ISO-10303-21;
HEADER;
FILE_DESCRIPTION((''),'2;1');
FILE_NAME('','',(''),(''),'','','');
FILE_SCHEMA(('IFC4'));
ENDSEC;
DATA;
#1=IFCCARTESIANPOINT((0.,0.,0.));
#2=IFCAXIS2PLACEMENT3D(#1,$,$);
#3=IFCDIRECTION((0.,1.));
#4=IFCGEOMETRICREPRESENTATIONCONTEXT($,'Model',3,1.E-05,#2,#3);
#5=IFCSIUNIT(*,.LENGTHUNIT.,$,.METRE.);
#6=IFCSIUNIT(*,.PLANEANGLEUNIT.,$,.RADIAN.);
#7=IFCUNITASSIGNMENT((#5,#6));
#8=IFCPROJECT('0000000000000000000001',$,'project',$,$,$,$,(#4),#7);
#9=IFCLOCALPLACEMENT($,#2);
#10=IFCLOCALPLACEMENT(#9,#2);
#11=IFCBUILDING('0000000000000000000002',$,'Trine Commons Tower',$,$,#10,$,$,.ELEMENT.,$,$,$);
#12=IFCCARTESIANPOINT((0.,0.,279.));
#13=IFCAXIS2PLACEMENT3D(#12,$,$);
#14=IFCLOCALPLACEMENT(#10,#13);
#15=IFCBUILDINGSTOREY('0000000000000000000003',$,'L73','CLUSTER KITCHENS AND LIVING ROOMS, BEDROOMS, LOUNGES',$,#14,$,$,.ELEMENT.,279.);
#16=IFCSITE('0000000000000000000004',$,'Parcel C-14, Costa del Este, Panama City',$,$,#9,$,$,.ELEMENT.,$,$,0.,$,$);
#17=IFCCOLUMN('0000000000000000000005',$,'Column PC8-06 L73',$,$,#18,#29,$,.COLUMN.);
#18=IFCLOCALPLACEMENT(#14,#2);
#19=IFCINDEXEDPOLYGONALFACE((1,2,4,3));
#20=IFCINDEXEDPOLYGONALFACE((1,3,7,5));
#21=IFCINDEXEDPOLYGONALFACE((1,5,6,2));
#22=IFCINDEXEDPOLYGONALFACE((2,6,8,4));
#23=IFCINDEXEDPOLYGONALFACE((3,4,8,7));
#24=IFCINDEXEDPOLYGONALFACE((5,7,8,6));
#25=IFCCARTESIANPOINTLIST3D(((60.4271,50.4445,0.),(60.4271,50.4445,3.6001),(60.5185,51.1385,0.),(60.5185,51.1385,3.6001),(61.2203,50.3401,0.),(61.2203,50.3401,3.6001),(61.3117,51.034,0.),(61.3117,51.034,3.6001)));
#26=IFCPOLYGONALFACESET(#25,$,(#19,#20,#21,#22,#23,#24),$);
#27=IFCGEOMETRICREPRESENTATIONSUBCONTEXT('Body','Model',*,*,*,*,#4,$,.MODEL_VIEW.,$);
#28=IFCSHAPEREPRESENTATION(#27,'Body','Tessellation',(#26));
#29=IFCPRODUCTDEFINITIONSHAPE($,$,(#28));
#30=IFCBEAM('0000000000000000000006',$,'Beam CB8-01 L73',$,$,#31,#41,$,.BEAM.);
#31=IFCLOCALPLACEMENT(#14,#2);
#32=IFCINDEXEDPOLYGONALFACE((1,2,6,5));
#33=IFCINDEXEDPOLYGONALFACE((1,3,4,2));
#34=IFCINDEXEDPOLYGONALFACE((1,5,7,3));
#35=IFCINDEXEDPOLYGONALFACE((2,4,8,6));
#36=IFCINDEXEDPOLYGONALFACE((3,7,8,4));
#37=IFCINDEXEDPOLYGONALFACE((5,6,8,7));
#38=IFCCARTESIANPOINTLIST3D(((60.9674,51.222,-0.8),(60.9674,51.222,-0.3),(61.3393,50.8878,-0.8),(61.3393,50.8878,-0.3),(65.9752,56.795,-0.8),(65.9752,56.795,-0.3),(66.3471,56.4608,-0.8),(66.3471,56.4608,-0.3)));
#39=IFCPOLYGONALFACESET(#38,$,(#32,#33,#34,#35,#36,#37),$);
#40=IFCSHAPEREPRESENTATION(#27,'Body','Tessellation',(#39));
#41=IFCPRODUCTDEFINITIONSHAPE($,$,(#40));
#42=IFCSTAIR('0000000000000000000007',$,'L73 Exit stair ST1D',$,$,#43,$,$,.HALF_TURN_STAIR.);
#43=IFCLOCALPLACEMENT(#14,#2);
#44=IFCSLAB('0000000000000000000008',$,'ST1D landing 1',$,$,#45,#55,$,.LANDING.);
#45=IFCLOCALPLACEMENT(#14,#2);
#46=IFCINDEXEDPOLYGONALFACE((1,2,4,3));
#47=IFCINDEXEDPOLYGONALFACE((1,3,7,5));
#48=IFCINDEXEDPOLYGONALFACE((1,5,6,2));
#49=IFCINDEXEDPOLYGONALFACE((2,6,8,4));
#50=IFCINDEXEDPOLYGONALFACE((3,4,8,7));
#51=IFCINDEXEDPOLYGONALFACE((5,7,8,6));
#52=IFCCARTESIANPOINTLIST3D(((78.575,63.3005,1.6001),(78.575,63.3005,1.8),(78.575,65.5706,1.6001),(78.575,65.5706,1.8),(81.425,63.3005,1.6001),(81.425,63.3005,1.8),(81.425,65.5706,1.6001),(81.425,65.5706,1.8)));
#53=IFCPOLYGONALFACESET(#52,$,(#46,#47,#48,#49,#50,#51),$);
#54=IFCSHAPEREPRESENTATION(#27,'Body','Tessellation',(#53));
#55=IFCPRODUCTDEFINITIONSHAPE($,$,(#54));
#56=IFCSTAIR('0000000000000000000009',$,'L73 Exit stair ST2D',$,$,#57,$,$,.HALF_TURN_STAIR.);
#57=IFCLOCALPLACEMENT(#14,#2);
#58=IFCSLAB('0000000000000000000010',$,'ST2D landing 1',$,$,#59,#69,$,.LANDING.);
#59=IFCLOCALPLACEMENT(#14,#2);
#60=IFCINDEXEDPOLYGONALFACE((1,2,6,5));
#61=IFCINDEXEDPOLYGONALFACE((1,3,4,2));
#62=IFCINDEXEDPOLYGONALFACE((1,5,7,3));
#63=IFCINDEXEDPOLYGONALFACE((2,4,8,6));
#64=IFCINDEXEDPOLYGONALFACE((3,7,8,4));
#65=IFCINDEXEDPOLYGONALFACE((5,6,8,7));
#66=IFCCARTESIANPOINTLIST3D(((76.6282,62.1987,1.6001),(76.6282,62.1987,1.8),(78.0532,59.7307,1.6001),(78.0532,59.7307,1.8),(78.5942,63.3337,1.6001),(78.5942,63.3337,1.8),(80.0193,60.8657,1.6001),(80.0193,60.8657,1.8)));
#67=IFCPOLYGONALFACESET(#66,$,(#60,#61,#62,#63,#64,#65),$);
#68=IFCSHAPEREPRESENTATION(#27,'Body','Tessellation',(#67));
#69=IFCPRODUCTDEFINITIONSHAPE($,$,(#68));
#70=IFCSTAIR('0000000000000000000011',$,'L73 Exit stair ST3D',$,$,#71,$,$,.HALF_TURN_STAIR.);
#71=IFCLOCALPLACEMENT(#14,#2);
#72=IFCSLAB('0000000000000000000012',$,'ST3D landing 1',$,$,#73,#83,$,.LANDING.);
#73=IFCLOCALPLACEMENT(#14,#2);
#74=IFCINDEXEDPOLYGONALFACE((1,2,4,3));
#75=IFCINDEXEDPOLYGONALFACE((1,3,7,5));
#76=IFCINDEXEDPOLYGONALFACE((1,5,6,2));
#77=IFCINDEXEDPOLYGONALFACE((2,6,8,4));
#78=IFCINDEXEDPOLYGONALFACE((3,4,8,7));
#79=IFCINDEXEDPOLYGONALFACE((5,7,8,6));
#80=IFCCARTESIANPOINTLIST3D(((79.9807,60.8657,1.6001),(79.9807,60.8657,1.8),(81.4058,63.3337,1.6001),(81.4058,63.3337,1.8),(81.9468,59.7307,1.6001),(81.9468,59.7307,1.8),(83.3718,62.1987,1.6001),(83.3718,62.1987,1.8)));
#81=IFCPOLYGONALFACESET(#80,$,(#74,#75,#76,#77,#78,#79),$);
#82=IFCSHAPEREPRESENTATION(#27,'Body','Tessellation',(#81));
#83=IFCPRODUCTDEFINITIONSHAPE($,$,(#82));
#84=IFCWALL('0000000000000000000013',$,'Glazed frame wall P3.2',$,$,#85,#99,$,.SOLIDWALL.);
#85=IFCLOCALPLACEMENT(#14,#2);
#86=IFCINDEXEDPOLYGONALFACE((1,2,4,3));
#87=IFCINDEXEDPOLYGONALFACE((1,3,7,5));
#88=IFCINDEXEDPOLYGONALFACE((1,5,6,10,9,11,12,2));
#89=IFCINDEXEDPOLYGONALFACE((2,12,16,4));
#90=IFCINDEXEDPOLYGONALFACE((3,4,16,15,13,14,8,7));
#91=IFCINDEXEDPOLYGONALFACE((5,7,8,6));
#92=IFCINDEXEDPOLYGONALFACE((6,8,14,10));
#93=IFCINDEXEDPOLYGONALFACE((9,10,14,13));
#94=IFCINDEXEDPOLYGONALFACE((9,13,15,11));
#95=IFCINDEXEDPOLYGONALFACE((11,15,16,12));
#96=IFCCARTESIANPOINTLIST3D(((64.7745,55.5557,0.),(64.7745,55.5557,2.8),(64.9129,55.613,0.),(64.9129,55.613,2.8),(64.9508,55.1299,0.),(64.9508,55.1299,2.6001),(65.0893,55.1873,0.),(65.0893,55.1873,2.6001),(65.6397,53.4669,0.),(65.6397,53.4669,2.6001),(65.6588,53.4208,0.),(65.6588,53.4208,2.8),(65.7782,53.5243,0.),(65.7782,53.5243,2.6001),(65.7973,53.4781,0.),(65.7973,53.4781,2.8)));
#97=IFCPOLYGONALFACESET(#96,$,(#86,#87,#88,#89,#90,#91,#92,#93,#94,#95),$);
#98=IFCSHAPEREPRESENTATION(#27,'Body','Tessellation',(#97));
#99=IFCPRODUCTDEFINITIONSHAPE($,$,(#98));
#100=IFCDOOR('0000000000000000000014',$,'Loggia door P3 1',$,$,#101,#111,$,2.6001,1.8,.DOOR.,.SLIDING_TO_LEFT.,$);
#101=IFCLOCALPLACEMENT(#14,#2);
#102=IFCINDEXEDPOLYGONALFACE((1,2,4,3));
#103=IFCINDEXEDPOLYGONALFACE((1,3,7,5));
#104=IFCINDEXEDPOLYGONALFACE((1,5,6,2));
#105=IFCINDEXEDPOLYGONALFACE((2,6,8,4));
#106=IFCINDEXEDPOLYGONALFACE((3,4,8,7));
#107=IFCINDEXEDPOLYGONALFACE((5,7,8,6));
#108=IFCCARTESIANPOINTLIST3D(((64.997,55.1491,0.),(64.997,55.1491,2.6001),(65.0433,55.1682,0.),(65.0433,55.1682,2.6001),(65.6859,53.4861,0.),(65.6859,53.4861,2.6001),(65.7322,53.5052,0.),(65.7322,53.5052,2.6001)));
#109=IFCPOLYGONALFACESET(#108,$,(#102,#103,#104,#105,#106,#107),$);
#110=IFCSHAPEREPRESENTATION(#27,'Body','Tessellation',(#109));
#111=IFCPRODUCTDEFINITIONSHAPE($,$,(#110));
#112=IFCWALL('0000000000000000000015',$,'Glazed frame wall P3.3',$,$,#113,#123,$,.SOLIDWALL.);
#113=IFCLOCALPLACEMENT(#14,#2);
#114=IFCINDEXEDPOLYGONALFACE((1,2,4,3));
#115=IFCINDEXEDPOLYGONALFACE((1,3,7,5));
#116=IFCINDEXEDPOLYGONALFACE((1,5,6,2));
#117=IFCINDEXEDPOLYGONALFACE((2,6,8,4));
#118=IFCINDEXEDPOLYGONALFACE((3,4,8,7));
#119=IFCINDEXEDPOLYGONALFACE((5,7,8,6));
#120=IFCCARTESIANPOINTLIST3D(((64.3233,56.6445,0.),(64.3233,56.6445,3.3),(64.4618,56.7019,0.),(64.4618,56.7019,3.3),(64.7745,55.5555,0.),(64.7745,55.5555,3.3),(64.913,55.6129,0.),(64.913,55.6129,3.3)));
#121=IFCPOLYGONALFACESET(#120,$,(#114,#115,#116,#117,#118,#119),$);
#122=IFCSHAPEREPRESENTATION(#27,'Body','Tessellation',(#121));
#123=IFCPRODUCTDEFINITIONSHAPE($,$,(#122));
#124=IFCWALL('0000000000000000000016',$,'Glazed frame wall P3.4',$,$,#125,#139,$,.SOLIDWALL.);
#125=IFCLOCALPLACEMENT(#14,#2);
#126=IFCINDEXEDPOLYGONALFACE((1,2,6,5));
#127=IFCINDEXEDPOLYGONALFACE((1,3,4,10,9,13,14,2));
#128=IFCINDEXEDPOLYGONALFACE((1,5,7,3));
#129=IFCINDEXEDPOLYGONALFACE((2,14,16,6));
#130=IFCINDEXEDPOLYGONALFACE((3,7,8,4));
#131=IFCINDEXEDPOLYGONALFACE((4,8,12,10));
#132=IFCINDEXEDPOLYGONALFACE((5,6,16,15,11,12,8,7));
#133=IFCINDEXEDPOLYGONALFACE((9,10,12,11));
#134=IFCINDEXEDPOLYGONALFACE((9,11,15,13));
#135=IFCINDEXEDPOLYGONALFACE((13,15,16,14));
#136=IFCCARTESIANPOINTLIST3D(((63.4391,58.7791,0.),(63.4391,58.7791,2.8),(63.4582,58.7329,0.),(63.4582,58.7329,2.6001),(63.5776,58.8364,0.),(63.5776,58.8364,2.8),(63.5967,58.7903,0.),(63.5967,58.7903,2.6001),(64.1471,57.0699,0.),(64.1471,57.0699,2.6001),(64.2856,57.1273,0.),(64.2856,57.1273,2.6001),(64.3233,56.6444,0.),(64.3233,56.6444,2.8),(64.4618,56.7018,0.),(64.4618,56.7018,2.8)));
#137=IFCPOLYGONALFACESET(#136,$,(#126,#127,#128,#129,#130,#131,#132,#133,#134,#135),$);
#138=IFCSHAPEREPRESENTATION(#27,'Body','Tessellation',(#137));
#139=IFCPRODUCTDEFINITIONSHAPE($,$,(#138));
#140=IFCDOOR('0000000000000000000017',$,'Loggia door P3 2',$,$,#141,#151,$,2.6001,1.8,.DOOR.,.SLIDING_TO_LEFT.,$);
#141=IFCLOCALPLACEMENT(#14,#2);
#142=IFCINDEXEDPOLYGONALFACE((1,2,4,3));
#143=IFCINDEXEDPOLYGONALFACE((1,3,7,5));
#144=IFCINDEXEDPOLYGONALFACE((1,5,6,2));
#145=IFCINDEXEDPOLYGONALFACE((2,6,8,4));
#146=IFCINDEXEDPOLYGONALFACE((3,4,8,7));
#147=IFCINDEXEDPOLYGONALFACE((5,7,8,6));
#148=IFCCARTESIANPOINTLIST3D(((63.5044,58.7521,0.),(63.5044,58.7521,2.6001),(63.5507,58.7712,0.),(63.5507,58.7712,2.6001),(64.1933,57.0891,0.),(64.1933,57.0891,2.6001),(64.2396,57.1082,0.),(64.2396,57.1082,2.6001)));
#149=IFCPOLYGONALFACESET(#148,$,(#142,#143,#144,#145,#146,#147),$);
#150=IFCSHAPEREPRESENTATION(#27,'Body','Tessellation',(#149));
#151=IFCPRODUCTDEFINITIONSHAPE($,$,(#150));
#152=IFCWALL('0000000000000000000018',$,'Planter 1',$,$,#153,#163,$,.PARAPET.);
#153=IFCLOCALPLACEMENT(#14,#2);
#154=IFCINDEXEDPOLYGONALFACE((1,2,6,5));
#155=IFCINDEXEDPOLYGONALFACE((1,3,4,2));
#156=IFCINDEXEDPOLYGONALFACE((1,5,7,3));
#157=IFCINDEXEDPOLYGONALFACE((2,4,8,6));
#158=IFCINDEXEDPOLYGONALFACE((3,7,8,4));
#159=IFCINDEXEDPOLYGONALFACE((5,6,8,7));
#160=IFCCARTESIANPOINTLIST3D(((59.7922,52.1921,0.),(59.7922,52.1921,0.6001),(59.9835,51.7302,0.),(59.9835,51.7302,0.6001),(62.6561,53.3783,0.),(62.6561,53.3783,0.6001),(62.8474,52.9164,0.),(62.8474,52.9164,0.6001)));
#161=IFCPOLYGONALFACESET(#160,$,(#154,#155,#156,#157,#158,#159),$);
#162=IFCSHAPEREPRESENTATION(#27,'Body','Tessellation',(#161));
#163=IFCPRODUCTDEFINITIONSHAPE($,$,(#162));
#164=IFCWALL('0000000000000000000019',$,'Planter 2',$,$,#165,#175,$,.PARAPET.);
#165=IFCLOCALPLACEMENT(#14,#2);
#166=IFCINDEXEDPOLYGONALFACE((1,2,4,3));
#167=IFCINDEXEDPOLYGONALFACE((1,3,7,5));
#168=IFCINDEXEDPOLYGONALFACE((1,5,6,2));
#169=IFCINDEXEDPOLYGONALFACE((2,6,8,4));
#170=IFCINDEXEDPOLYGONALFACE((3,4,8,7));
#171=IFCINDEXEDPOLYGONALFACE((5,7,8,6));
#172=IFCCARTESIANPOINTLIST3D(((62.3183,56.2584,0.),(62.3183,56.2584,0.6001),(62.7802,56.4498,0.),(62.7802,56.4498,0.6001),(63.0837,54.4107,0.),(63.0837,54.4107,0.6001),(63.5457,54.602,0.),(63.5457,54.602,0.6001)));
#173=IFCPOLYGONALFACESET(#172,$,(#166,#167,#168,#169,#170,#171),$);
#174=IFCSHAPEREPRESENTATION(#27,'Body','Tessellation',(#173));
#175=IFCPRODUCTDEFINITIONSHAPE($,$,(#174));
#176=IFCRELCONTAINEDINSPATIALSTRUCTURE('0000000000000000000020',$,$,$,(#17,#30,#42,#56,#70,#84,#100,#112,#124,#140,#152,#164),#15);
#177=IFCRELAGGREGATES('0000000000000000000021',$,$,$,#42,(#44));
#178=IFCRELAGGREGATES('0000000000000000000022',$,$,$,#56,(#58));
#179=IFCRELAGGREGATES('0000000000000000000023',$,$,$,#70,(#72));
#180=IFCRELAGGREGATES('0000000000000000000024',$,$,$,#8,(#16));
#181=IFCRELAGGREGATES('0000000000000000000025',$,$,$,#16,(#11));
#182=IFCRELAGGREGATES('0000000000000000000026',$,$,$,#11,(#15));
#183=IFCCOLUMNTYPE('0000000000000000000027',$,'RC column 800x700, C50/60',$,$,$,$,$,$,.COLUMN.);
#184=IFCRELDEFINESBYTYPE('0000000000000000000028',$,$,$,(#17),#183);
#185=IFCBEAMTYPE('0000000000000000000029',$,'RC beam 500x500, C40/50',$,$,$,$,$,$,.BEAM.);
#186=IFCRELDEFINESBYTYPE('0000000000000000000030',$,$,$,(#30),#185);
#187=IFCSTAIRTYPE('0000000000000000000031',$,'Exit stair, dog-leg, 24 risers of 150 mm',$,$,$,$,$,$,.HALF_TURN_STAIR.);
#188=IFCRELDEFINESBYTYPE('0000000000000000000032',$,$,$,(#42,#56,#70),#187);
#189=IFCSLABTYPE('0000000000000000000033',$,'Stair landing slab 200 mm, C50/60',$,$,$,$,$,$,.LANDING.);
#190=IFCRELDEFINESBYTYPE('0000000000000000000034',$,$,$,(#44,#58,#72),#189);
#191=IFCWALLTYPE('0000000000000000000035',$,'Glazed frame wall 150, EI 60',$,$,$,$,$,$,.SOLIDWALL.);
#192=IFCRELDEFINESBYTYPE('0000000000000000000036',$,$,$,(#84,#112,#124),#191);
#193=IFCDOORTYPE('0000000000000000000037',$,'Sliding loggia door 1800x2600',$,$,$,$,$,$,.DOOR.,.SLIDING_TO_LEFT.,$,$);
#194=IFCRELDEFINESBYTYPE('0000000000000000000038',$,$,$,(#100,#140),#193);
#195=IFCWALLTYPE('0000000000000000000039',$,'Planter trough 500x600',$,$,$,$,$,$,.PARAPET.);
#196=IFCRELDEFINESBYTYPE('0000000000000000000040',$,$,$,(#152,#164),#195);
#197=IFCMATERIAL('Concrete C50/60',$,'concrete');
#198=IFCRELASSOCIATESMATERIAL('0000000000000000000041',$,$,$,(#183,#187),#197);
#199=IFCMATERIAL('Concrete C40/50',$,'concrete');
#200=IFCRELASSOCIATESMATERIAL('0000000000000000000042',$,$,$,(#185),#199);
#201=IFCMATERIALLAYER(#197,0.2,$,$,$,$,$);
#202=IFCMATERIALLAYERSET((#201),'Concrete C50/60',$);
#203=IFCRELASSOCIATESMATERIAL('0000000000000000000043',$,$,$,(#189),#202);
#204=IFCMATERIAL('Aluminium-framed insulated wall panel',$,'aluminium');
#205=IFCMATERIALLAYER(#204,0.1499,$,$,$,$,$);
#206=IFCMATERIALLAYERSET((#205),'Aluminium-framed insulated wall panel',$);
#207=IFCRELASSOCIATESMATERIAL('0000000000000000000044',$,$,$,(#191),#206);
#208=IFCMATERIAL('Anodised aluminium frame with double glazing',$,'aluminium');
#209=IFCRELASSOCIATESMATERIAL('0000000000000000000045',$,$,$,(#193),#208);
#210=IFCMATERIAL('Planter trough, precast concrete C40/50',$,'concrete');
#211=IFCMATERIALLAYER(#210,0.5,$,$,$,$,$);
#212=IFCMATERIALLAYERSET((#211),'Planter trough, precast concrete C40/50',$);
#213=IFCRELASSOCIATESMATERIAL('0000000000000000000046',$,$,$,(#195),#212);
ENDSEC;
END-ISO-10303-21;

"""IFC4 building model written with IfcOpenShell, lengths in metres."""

from ifc_helpers import new_model, si_unit, direction, frame, frame_2d, origin, origin_2d, place, context, subcontext, project, spatial, polyline, rectangle, outline, extrude, material, layer, layer_set, material_profile, profile_set, type_object, element, fill, aggregate, save


model = new_model("IFC4")

# Units and contexts
model_context = context("Model", 3, precision=1e-05, world=origin(), true_north=direction((0.0, 1.0)))
body_context = subcontext(model_context, "Body", "Model", "MODEL_VIEW")
ifc_project = project(units=[si_unit("LENGTHUNIT", "METRE"), si_unit("PLANEANGLEUNIT", "RADIAN")], contexts=[model_context])

# Site, building, storey
site_placement = place(None, origin())
site = spatial("IfcSite", under=ifc_project, at=site_placement, Name="Parcel C-14, Costa del Este, Panama City", CompositionType="ELEMENT", RefElevation=0.0)
building_placement = place(site_placement, origin())
building = spatial("IfcBuilding", under=site, at=building_placement, Name="Trine Commons Tower", CompositionType="ELEMENT")
storey_placement = place(building_placement, frame((0.0, 0.0, 279.0)))
storey = spatial("IfcBuildingStorey", under=building, at=storey_placement, Name="L73", Description="CLUSTER KITCHENS AND LIVING ROOMS, BEDROOMS, LOUNGES", CompositionType="ELEMENT", Elevation=279.0)

# Column
ifc_material_1 = material(Name="Concrete C50/60", Category="concrete")
ifc_material_profile_1 = material_profile(ifc_material_1, rectangle(XDim=0.8, YDim=0.7, at=origin_2d()), Name="RC 800x700")
ifc_profile_set_1 = profile_set([ifc_material_profile_1], Name="Concrete C50/60")
column_type = type_object("IfcColumnType", Name="RC column 800x700, C50/60", PredefinedType="COLUMN", material=ifc_profile_set_1)
column_placement = place(storey_placement, frame((60.8694, 50.7393, 0.0), z_axis=(0.0, 0.0, 1.0), x_axis=(-0.991445, 0.130526, 0.0)))
element("IfcColumn", 1, at=column_placement, inside=storey, type_object=column_type, Name="Column PC8-06 L73", PredefinedType="COLUMN", context=body_context, shape_type="SweptSolid", body=[
    extrude(rectangle(XDim=0.8, YDim=0.7, at=origin_2d()), origin(), (0.0, 0.0, 1.0), 3.6001),
])

# Beam
ifc_material_2 = material(Name="Concrete C40/50", Category="concrete")
ifc_material_profile_2 = material_profile(ifc_material_2, rectangle(XDim=0.5, YDim=0.5, at=origin_2d()), Name="RC 500x500")
ifc_profile_set_2 = profile_set([ifc_material_profile_2], Name="Concrete C40/50")
beam_type = type_object("IfcBeamType", Name="RC beam 500x500, C40/50", PredefinedType="BEAM", material=ifc_profile_set_2)
beam_placement = place(storey_placement, frame((61.1533, 51.0549, -0.55), z_axis=(0.668383, 0.743817, 0.0), x_axis=(-0.743817, 0.668383, 0.0)))
element("IfcBeam", 2, at=beam_placement, inside=storey, type_object=beam_type, Name="Beam CB8-01 L73", PredefinedType="BEAM", context=body_context, shape_type="SweptSolid", body=[
    extrude(rectangle(XDim=0.5, YDim=0.5, at=origin_2d()), origin(), (0.0, 0.0, 1.0), 7.4924),
])

# Stairs, slabs
stair_type = type_object("IfcStairType", Name="Exit stair, dog-leg, 24 risers of 150 mm", PredefinedType="HALF_TURN_STAIR", material=ifc_material_1)
stair_1_placement = place(storey_placement, origin())
stair_1 = element("IfcStair", 3, at=stair_1_placement, inside=storey, type_object=stair_type, Name="L73 Exit stair ST1D", PredefinedType="HALF_TURN_STAIR")
ifc_layer_1 = layer(ifc_material_1, 0.2)
ifc_layer_set_1 = layer_set([ifc_layer_1], Name="Concrete C50/60")
slab_type = type_object("IfcSlabType", Name="Stair landing slab 200 mm, C50/60", PredefinedType="LANDING", material=ifc_layer_set_1)
slab_1_placement = place(storey_placement, frame((0.0, 0.0, 1.6001)))
slab_1 = element("IfcSlab", 4, at=slab_1_placement, type_object=slab_type, Name="ST1D landing 1", PredefinedType="LANDING", context=body_context, shape_type="SweptSolid", body=[
    extrude(outline(polyline([(78.575, 65.5706), (78.575, 63.3005), (81.425, 63.3005), (81.425, 65.5706), (78.575, 65.5706)])), origin(), (0.0, 0.0, 1.0), 0.2),
])
aggregate(stair_1, [slab_1])
stair_2_placement = place(storey_placement, origin())
stair_2 = element("IfcStair", 5, at=stair_2_placement, inside=storey, type_object=stair_type, Name="L73 Exit stair ST2D", PredefinedType="HALF_TURN_STAIR")
slab_2_placement = place(storey_placement, frame((0.0, 0.0, 1.6001)))
slab_2 = element("IfcSlab", 6, at=slab_2_placement, type_object=slab_type, Name="ST2D landing 1", PredefinedType="LANDING", context=body_context, shape_type="SweptSolid", body=[
    extrude(outline(polyline([(78.0532, 59.7307), (80.0193, 60.8657), (78.5942, 63.3337), (76.6282, 62.1987), (78.0532, 59.7307)])), origin(), (0.0, 0.0, 1.0), 0.2),
])
aggregate(stair_2, [slab_2])
stair_3_placement = place(storey_placement, origin())
stair_3 = element("IfcStair", 7, at=stair_3_placement, inside=storey, type_object=stair_type, Name="L73 Exit stair ST3D", PredefinedType="HALF_TURN_STAIR")
slab_3_placement = place(storey_placement, frame((0.0, 0.0, 1.6001)))
slab_3 = element("IfcSlab", 8, at=slab_3_placement, type_object=slab_type, Name="ST3D landing 1", PredefinedType="LANDING", context=body_context, shape_type="SweptSolid", body=[
    extrude(outline(polyline([(83.3718, 62.1987), (81.4058, 63.3337), (79.9807, 60.8657), (81.9468, 59.7307), (83.3718, 62.1987)])), origin(), (0.0, 0.0, 1.0), 0.2),
])
aggregate(stair_3, [slab_3])

# Shared definitions
ifc_material_3 = material(Name="Aluminium-framed insulated wall panel", Category="aluminium")
ifc_layer_2 = layer(ifc_material_3, 0.1499)
ifc_layer_set_2 = layer_set([ifc_layer_2], Name="Aluminium-framed insulated wall panel")
wall_type_1 = type_object("IfcWallType", Name="Glazed frame wall 150, EI 60", PredefinedType="SOLIDWALL", material=ifc_layer_set_2)

# Wall, opening, door
wall_1_placement = place(storey_placement, frame((65.728, 53.4495, 0.0), z_axis=(0.0, 0.0, 1.0), x_axis=(-0.382694, 0.923875, 0.0)))
wall_1 = element("IfcWall", 9, at=wall_1_placement, inside=storey, type_object=wall_type_1, Name="Glazed frame wall P3.2", PredefinedType="SOLIDWALL", context=body_context, shape_type="SweptSolid", body=[
    extrude(outline(polyline([(0.0, -0.075), (2.3108, -0.075), (2.3108, 0.075), (0.0, 0.075), (0.0, -0.075)])), origin(), (0.0, 0.0, 1.0), 2.8),
])
opening_1_placement = place(wall_1_placement, frame((0.05, 0.0, 0.0)))
opening_1 = element("IfcOpeningElement", 10, at=opening_1_placement, cuts=wall_1, PredefinedType="OPENING", context=body_context, shape_type="SweptSolid", body=[
    extrude(rectangle(XDim=1.8, YDim=2.6001, at=frame_2d((0.8999, 1.3))), frame((0.0, 0.085, 0.0), z_axis=(0.0, -1.0, 0.0), x_axis=(1.0, 0.0, 0.0)), (0.0, 0.0, 1.0), 0.1699),
])
ifc_material_4 = material(Name="Anodised aluminium frame with double glazing", Category="aluminium")
door_type = type_object("IfcDoorType", Name="Sliding loggia door 1800x2600", OperationType="SLIDING_TO_LEFT", PredefinedType="DOOR", material=ifc_material_4)
door_1_placement = place(opening_1_placement, origin())
door_1 = element("IfcDoor", 11, at=door_1_placement, inside=storey, type_object=door_type, Name="Loggia door P3 1", OperationType="SLIDING_TO_LEFT", OverallHeight=2.6001, OverallWidth=1.8, PredefinedType="DOOR", context=body_context, shape_type="SweptSolid", body=[
    extrude(rectangle(XDim=1.8, YDim=2.6001, at=frame_2d((0.8999, 1.3))), frame((0.0, 0.0249, 0.0), z_axis=(0.0, -1.0, 0.0), x_axis=(1.0, 0.0, 0.0)), (0.0, 0.0, 1.0), 0.05),
])
fill(opening_1, door_1)

# Wall
wall_2_placement = place(storey_placement, frame((64.8438, 55.5842, 0.0), z_axis=(0.0, 0.0, 1.0), x_axis=(-0.382791, 0.923835, 0.0)))
element("IfcWall", 12, at=wall_2_placement, inside=storey, type_object=wall_type_1, Name="Glazed frame wall P3.3", PredefinedType="SOLIDWALL", context=body_context, shape_type="SweptSolid", body=[
    extrude(outline(polyline([(0.0, -0.075), (1.1787, -0.075), (1.1787, 0.075), (0.0, 0.075), (0.0, -0.075)])), origin(), (0.0, 0.0, 1.0), 3.3),
])

# Wall, opening, door
wall_3_placement = place(storey_placement, frame((64.3926, 56.6731, 0.0), z_axis=(0.0, 0.0, 1.0), x_axis=(-0.382694, 0.923875, 0.0)))
wall_3 = element("IfcWall", 13, at=wall_3_placement, inside=storey, type_object=wall_type_1, Name="Glazed frame wall P3.4", PredefinedType="SOLIDWALL", context=body_context, shape_type="SweptSolid", body=[
    extrude(outline(polyline([(0.0, -0.075), (2.3105, -0.075), (2.3105, 0.075), (0.0, 0.075), (0.0, -0.075)])), origin(), (0.0, 0.0, 1.0), 2.8),
])
opening_2_placement = place(wall_3_placement, frame((0.4607, 0.0, 0.0)))
opening_2 = element("IfcOpeningElement", 14, at=opening_2_placement, cuts=wall_3, PredefinedType="OPENING", context=body_context, shape_type="SweptSolid", body=[
    extrude(rectangle(XDim=1.8, YDim=2.6001, at=frame_2d((0.8999, 1.3))), frame((0.0, 0.085, 0.0), z_axis=(0.0, -1.0, 0.0), x_axis=(1.0, 0.0, 0.0)), (0.0, 0.0, 1.0), 0.1699),
])
door_2_placement = place(opening_2_placement, origin())
door_2 = element("IfcDoor", 15, at=door_2_placement, inside=storey, type_object=door_type, Name="Loggia door P3 2", OperationType="SLIDING_TO_LEFT", OverallHeight=2.6001, OverallWidth=1.8, PredefinedType="DOOR", context=body_context, shape_type="SweptSolid", body=[
    extrude(rectangle(XDim=1.8, YDim=2.6001, at=frame_2d((0.8999, 1.3))), frame((0.0, 0.0249, 0.0), z_axis=(0.0, -1.0, 0.0), x_axis=(1.0, 0.0, 0.0)), (0.0, 0.0, 1.0), 0.05),
])
fill(opening_2, door_2)

# Walls
ifc_material_5 = material(Name="Planter trough, precast concrete C40/50", Category="concrete")
ifc_layer_3 = layer(ifc_material_5, 0.5)
ifc_layer_set_3 = layer_set([ifc_layer_3], Name="Planter trough, precast concrete C40/50")
wall_type_2 = type_object("IfcWallType", Name="Planter trough 500x600", PredefinedType="PARAPET", material=ifc_layer_set_3)
wall_4_placement = place(storey_placement, frame((59.8879, 51.9612, 0.0), z_axis=(0.0, 0.0, 1.0), x_axis=(0.923883, 0.382674, 0.0)))
element("IfcWall", 16, at=wall_4_placement, inside=storey, type_object=wall_type_2, Name="Planter 1", PredefinedType="PARAPET", context=body_context, shape_type="SweptSolid", body=[
    extrude(rectangle(XDim=3.0999, YDim=0.5, at=frame_2d((1.5498, 0.0))), origin(), (0.0, 0.0, 1.0), 0.6001),
])
wall_5_placement = place(storey_placement, frame((63.3147, 54.5063, 0.0), z_axis=(0.0, 0.0, 1.0), x_axis=(-0.382708, 0.92387, 0.0)))
element("IfcWall", 17, at=wall_5_placement, inside=storey, type_object=wall_type_2, Name="Planter 2", PredefinedType="PARAPET", context=body_context, shape_type="SweptSolid", body=[
    extrude(rectangle(XDim=2.0, YDim=0.5, at=frame_2d((1.0, 0.0))), origin(), (0.0, 0.0, 1.0), 0.6001),
])

save(model, "model.ifc")
